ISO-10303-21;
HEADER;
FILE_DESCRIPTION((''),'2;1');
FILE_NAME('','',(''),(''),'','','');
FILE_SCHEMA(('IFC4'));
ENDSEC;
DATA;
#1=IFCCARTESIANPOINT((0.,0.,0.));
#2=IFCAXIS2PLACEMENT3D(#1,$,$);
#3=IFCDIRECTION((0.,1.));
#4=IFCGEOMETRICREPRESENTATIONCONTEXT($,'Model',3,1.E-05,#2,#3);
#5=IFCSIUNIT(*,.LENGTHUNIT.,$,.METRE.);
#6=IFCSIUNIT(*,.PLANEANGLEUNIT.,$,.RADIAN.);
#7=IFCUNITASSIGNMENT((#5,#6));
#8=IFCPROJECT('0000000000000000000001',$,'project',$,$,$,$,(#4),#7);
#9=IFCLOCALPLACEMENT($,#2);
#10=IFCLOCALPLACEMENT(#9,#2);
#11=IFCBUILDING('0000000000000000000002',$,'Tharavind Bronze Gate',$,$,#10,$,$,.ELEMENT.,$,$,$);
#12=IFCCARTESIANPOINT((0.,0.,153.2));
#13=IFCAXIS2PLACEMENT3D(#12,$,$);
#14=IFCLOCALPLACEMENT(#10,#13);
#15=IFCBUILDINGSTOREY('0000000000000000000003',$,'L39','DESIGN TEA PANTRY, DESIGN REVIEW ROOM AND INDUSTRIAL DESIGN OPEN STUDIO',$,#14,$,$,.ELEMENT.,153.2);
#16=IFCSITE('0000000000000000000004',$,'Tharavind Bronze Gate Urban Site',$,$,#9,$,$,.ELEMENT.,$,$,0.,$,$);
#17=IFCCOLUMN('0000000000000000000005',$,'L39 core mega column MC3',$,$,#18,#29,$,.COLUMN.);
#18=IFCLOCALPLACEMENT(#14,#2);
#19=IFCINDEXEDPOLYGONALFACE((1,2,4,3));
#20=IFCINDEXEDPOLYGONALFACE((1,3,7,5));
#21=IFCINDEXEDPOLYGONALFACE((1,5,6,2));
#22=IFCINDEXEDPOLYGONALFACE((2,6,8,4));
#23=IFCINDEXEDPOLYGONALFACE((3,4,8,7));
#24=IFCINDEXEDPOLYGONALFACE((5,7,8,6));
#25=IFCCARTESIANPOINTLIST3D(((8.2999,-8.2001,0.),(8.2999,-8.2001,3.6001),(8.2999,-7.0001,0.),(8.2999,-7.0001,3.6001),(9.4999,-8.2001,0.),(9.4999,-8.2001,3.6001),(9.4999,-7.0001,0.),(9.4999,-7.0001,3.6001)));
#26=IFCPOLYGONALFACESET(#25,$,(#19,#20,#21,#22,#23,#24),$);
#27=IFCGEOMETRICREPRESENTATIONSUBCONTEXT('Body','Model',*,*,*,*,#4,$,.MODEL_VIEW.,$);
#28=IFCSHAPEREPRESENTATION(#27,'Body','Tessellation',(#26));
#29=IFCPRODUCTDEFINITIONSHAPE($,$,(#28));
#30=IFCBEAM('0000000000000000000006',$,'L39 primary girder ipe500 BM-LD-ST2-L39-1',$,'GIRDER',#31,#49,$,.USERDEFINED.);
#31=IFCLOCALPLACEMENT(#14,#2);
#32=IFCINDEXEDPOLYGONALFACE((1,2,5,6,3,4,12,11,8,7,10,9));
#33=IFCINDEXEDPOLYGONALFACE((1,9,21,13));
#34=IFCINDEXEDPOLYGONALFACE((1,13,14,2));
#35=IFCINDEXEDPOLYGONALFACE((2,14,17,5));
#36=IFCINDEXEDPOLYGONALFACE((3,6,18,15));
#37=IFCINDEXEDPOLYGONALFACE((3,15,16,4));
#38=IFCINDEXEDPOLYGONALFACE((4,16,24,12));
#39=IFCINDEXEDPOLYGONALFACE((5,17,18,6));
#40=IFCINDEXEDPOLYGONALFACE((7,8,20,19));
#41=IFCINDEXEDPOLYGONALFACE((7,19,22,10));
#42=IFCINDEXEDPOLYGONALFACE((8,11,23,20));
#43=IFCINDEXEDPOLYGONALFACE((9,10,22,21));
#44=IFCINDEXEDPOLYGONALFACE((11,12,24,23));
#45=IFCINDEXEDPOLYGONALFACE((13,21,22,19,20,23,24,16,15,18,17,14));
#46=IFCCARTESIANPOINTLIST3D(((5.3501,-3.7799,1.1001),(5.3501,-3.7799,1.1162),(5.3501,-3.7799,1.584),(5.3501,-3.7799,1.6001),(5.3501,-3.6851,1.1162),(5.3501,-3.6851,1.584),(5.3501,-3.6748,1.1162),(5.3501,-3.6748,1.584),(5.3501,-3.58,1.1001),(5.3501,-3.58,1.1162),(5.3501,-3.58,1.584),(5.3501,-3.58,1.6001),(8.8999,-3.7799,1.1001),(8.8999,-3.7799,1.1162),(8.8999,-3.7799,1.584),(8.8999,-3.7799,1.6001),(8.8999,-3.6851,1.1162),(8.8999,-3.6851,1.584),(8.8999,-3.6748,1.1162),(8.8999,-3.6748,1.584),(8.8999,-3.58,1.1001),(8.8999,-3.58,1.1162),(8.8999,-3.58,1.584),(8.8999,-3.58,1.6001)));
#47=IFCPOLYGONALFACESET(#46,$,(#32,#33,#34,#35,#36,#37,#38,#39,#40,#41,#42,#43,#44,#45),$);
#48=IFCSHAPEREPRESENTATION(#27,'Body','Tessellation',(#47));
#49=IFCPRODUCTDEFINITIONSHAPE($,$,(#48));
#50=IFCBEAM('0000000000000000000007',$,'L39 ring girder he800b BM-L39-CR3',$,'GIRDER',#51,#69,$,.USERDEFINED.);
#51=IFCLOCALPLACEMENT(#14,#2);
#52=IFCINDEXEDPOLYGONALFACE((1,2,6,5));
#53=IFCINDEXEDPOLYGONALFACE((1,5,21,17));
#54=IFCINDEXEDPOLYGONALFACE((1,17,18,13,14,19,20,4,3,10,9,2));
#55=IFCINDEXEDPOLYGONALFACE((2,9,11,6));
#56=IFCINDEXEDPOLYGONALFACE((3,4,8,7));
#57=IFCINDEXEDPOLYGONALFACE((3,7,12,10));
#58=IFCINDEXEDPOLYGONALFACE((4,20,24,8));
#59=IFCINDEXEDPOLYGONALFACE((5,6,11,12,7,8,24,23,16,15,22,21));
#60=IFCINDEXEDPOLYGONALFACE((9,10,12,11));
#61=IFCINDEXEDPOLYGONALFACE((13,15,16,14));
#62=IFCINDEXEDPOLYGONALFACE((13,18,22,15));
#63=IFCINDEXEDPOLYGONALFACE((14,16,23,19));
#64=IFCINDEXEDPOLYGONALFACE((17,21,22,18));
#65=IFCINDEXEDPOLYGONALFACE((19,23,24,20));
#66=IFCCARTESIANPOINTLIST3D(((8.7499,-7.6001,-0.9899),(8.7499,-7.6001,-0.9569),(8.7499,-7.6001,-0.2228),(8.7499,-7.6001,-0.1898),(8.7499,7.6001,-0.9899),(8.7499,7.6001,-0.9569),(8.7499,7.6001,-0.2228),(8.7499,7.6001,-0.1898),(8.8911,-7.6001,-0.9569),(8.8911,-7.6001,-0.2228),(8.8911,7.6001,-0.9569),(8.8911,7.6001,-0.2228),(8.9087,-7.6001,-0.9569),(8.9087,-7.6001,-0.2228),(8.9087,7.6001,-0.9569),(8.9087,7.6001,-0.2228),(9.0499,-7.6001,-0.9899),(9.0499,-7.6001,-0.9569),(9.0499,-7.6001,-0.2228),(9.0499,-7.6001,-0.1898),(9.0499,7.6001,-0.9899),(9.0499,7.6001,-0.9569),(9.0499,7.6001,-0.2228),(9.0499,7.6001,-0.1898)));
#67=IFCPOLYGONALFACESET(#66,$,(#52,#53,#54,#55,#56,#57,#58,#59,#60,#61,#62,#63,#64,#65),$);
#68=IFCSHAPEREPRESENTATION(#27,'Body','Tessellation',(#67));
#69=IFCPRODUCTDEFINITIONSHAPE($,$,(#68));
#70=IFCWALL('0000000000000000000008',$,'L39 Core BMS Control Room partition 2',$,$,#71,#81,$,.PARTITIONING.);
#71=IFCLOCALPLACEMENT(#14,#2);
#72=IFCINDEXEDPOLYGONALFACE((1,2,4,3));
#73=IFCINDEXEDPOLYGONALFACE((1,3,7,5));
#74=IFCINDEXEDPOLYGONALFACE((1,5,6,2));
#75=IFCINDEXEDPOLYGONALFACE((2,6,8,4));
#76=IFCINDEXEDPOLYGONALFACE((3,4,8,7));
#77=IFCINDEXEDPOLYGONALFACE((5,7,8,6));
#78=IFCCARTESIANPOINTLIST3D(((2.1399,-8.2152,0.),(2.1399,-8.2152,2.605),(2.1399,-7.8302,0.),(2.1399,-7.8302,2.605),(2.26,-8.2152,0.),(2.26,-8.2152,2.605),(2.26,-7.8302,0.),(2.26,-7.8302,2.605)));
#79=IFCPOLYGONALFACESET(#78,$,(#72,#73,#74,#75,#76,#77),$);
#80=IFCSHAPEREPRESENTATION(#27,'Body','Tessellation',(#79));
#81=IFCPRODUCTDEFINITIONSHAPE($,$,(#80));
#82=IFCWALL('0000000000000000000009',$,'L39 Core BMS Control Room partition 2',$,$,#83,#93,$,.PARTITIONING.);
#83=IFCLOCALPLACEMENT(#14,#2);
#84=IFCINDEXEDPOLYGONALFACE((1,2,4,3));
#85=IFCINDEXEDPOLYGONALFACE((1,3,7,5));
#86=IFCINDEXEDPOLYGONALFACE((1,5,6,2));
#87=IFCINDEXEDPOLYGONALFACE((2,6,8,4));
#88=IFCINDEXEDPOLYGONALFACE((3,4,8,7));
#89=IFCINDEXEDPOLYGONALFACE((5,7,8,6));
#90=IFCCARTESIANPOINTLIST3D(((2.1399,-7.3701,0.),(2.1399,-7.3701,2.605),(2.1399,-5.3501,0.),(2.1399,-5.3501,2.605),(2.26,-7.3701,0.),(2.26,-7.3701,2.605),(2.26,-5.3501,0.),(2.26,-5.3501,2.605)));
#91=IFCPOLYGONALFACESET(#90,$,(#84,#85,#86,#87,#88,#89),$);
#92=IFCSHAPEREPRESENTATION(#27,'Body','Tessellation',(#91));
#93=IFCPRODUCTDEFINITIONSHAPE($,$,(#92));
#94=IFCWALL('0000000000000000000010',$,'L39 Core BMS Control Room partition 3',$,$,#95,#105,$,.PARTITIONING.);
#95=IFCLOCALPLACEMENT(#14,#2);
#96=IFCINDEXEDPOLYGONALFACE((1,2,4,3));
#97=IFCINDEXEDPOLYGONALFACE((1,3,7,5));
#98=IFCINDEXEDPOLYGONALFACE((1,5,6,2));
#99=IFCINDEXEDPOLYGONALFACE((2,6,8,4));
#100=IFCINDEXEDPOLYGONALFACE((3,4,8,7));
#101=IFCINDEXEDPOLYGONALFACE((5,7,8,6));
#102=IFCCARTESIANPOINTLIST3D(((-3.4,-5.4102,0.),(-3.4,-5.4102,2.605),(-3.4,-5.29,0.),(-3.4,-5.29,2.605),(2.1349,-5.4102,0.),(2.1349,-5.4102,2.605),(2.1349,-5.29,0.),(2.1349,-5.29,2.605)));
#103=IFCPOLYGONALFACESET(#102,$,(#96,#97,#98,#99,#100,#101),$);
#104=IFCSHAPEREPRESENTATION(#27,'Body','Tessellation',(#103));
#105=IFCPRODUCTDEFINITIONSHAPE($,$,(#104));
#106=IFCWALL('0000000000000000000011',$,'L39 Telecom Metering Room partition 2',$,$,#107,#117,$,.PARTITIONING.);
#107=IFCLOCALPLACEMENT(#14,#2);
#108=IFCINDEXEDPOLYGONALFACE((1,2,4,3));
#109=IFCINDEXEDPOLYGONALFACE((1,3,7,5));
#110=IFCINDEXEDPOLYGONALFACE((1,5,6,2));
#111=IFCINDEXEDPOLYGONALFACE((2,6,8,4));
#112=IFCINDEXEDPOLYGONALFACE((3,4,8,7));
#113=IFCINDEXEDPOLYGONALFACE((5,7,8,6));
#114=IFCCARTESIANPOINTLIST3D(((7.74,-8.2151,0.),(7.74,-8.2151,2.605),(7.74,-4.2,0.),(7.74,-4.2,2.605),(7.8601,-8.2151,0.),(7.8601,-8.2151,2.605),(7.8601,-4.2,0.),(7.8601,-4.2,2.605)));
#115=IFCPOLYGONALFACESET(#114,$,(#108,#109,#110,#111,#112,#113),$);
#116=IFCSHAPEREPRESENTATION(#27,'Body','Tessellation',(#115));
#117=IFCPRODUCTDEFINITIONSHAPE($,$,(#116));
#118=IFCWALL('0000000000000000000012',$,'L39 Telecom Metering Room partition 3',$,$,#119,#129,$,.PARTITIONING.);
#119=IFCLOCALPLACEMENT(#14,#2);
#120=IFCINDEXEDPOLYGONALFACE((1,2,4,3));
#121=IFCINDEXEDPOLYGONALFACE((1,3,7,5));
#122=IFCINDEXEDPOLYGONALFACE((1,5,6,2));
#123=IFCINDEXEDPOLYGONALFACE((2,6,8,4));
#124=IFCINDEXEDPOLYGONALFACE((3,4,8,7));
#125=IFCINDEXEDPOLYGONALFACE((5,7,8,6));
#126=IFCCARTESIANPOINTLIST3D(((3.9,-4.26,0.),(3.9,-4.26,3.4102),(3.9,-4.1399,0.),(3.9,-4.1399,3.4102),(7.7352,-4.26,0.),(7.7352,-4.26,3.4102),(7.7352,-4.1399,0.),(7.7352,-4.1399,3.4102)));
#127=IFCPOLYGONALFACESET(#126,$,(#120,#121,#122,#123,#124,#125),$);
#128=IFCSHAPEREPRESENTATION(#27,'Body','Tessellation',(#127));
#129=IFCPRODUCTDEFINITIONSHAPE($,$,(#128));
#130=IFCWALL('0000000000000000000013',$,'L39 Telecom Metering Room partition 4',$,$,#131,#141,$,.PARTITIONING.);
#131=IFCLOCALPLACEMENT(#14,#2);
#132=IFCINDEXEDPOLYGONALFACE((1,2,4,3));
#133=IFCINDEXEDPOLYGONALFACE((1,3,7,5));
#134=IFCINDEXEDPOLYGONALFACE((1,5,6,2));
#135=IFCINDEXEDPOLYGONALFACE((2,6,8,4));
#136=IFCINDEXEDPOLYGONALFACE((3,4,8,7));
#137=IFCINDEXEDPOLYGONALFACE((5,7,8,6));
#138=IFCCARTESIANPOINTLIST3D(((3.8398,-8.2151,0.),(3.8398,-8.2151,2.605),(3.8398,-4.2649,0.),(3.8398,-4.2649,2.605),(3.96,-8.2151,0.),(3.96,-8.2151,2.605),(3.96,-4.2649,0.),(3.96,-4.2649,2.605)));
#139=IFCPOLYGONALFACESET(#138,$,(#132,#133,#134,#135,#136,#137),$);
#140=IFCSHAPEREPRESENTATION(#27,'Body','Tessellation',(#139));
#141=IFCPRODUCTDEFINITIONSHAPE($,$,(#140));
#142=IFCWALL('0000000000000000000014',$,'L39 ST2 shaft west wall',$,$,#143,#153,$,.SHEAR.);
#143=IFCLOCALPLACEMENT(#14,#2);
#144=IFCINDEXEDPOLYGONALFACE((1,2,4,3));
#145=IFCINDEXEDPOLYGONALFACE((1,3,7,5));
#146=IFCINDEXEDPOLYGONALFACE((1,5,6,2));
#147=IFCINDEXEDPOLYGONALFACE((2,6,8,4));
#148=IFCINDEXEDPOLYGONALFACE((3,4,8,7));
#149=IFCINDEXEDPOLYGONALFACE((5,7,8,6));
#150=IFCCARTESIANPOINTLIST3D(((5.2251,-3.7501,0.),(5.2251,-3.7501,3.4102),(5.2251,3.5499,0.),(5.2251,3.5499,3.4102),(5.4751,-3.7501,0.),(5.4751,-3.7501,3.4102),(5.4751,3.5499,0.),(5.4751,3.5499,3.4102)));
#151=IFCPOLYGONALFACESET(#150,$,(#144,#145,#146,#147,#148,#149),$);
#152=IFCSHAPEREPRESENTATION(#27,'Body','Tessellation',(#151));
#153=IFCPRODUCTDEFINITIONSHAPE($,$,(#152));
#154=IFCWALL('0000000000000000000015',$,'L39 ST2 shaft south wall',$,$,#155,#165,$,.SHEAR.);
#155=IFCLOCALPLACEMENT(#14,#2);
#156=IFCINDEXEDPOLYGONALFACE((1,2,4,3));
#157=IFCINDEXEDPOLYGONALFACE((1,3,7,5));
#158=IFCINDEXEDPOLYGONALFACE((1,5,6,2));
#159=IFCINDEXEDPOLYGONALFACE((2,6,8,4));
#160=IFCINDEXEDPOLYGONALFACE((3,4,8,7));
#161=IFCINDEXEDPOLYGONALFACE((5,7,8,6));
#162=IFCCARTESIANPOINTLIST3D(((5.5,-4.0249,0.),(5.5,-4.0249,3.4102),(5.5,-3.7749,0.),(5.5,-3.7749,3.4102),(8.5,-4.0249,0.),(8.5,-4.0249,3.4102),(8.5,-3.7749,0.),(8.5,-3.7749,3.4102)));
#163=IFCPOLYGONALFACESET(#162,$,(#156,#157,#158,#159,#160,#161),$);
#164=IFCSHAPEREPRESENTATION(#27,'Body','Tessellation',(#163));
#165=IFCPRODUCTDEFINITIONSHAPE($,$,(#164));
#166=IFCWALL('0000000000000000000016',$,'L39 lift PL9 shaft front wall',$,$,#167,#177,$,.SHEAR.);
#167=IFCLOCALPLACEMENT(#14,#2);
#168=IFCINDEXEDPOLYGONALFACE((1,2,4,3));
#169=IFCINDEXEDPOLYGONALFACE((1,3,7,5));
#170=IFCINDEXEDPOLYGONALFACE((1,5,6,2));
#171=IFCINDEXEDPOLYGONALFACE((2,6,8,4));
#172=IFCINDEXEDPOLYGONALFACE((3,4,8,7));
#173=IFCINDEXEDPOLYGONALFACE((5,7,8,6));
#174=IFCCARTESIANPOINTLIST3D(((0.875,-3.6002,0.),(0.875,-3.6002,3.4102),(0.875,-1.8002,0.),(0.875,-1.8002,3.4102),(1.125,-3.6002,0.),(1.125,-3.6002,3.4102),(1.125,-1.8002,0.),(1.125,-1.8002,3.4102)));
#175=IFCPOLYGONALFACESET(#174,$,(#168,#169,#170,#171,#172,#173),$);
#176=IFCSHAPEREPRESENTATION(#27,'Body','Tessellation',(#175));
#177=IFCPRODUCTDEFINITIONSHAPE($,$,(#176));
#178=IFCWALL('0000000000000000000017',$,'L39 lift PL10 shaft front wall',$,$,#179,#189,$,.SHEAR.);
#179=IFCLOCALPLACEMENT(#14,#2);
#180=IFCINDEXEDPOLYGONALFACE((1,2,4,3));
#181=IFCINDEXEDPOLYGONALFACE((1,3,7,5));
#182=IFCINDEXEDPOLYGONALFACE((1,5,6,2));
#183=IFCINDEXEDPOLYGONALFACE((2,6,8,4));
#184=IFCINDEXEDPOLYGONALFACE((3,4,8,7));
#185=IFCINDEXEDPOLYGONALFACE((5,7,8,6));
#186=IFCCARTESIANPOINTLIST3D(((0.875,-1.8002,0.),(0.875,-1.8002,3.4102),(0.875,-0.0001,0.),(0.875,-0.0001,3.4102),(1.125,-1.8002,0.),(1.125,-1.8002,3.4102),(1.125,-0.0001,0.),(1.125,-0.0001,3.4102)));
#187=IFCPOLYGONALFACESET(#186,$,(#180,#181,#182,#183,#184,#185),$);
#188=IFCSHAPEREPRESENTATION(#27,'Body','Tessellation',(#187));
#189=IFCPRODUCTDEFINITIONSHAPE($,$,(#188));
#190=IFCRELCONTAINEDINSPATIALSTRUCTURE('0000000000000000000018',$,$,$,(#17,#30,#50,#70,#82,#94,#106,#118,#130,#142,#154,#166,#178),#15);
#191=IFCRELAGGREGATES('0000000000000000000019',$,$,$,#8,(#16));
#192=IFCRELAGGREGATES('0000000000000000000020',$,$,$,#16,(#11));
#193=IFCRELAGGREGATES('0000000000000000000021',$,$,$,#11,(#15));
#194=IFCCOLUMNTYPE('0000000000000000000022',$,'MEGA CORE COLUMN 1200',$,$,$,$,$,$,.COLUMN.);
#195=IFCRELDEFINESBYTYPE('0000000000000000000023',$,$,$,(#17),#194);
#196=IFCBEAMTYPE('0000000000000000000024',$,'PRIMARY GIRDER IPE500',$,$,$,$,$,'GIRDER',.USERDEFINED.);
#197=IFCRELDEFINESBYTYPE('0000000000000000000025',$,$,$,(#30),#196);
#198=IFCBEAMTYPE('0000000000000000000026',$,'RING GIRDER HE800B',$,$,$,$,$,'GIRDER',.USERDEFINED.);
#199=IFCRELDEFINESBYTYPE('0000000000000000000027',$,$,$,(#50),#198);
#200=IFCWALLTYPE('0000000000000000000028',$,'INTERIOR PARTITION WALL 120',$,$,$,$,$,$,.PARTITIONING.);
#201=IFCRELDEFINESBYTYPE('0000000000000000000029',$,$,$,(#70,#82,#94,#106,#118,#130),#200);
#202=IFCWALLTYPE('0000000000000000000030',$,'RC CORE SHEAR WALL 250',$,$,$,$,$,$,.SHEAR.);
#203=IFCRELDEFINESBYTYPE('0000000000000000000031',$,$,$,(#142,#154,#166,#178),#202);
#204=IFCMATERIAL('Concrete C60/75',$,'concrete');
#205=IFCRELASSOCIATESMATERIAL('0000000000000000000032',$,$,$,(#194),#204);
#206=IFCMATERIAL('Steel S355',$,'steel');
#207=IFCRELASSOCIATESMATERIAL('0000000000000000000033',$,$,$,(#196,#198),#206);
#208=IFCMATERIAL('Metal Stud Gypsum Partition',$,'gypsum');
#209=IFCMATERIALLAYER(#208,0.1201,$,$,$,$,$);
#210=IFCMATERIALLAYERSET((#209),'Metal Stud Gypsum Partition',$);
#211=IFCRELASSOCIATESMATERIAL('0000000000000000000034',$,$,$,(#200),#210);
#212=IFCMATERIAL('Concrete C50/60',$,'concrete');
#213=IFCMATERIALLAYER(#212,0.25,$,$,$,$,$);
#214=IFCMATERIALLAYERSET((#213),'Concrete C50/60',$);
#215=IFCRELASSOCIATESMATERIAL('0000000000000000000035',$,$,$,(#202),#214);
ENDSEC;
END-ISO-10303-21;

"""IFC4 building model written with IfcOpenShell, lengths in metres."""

from ifc_helpers import new_model, si_unit, direction, frame, frame_2d, origin, origin_2d, place, context, subcontext, project, spatial, rectangle, i_section, extrude, material, layer, layer_set, material_profile, profile_set, type_object, element, save


model = new_model("IFC4")

# Units and contexts
model_context = context("Model", 3, precision=1e-05, world=origin(), true_north=direction((0.0, 1.0)))
body_context = subcontext(model_context, "Body", "Model", "MODEL_VIEW")
ifc_project = project(units=[si_unit("LENGTHUNIT", "METRE"), si_unit("PLANEANGLEUNIT", "RADIAN")], contexts=[model_context])

# Site, building, storey
site_placement = place(None, origin())
site = spatial("IfcSite", under=ifc_project, at=site_placement, Name="Tharavind Bronze Gate Urban Site", CompositionType="ELEMENT", RefElevation=0.0)
building_placement = place(site_placement, origin())
building = spatial("IfcBuilding", under=site, at=building_placement, Name="Tharavind Bronze Gate", CompositionType="ELEMENT")
storey_placement = place(building_placement, frame((0.0, 0.0, 153.2)))
storey = spatial("IfcBuildingStorey", under=building, at=storey_placement, Name="L39", Description="DESIGN TEA PANTRY, DESIGN REVIEW ROOM AND INDUSTRIAL DESIGN OPEN STUDIO", CompositionType="ELEMENT", Elevation=153.2)

# Column
ifc_material_1 = material(Name="Concrete C60/75", Category="concrete")
ifc_material_profile_1 = material_profile(ifc_material_1, rectangle(XDim=1.2, YDim=1.2, at=origin_2d()), Name="RCCOL1200")
ifc_profile_set_1 = profile_set([ifc_material_profile_1], Name="Concrete C60/75")
column_type = type_object("IfcColumnType", Name="MEGA CORE COLUMN 1200", PredefinedType="COLUMN", material=ifc_profile_set_1)
column_placement = place(storey_placement, frame((8.8999, -7.6001, 0.0), z_axis=(0.0, 0.0, 1.0), x_axis=(1.0, 0.0, 0.0)))
element("IfcColumn", 1, at=column_placement, inside=storey, type_object=column_type, Name="L39 core mega column MC3", PredefinedType="COLUMN", context=body_context, shape_type="SweptSolid", body=[
    extrude(rectangle(XDim=1.2, YDim=1.2, at=origin_2d()), origin(), (0.0, 0.0, 1.0), 3.6001),
])

# Beams
ifc_material_2 = material(Name="Steel S355", Category="steel")
ifc_material_profile_2 = material_profile(ifc_material_2, i_section(OverallWidth=0.2, OverallDepth=0.5, WebThickness=0.0103, FlangeThickness=0.0161, at=origin_2d()), Name="IPE500")
ifc_profile_set_2 = profile_set([ifc_material_profile_2], Name="Steel S355")
beam_type_1 = type_object("IfcBeamType", Name="PRIMARY GIRDER IPE500", ElementType="GIRDER", PredefinedType="USERDEFINED", material=ifc_profile_set_2)
beam_1_placement = place(storey_placement, frame((5.3501, -3.6799, 1.3501), z_axis=(1.0, 0.0, 0.0), x_axis=(0.0, 1.0, 0.0)))
element("IfcBeam", 2, at=beam_1_placement, inside=storey, type_object=beam_type_1, Name="L39 primary girder ipe500 BM-LD-ST2-L39-1", ObjectType="GIRDER", PredefinedType="USERDEFINED", context=body_context, shape_type="SweptSolid", body=[
    extrude(i_section(OverallWidth=0.2, OverallDepth=0.5, WebThickness=0.0103, FlangeThickness=0.0161, at=origin_2d()), origin(), (0.0, 0.0, 1.0), 3.5498),
])
ifc_material_profile_3 = material_profile(ifc_material_2, i_section(OverallWidth=0.3, OverallDepth=0.8, WebThickness=0.0176, FlangeThickness=0.033, at=origin_2d()), Name="HE800B")
ifc_profile_set_3 = profile_set([ifc_material_profile_3], Name="Steel S355")
beam_type_2 = type_object("IfcBeamType", Name="RING GIRDER HE800B", ElementType="GIRDER", PredefinedType="USERDEFINED", material=ifc_profile_set_3)
beam_2_placement = place(storey_placement, frame((8.8999, -7.6001, -0.5898), z_axis=(0.0, 1.0, 0.0), x_axis=(-1.0, 0.0, 0.0)))
element("IfcBeam", 3, at=beam_2_placement, inside=storey, type_object=beam_type_2, Name="L39 ring girder he800b BM-L39-CR3", ObjectType="GIRDER", PredefinedType="USERDEFINED", context=body_context, shape_type="SweptSolid", body=[
    extrude(i_section(OverallWidth=0.3, OverallDepth=0.8, WebThickness=0.0176, FlangeThickness=0.033, at=origin_2d()), origin(), (0.0, 0.0, 1.0), 15.2002),
])

# Walls
ifc_material_3 = material(Name="Metal Stud Gypsum Partition", Category="gypsum")
ifc_layer_1 = layer(ifc_material_3, 0.1201)
ifc_layer_set_1 = layer_set([ifc_layer_1], Name="Metal Stud Gypsum Partition")
wall_type_1 = type_object("IfcWallType", Name="INTERIOR PARTITION WALL 120", PredefinedType="PARTITIONING", material=ifc_layer_set_1)
wall_1_placement = place(storey_placement, frame((2.2, -8.2151, 0.0), z_axis=(0.0, 0.0, 1.0), x_axis=(0.0, 1.0, 0.0)))
element("IfcWall", 4, at=wall_1_placement, inside=storey, type_object=wall_type_1, Name="L39 Core BMS Control Room partition 2", PredefinedType="PARTITIONING", context=body_context, shape_type="SweptSolid", body=[
    extrude(rectangle(XDim=0.385, YDim=0.1201, at=frame_2d((0.1924, 0.0))), origin(), (0.0, 0.0, 1.0), 2.605),
])
wall_2_placement = place(storey_placement, frame((2.2, -7.3701, 0.0), z_axis=(0.0, 0.0, 1.0), x_axis=(0.0, 1.0, 0.0)))
element("IfcWall", 5, at=wall_2_placement, inside=storey, type_object=wall_type_1, Name="L39 Core BMS Control Room partition 2", PredefinedType="PARTITIONING", context=body_context, shape_type="SweptSolid", body=[
    extrude(rectangle(XDim=2.02, YDim=0.1201, at=frame_2d((1.01, 0.0))), origin(), (0.0, 0.0, 1.0), 2.605),
])
wall_3_placement = place(storey_placement, frame((2.135, -5.3501, 0.0), z_axis=(0.0, 0.0, 1.0), x_axis=(-1.0, 0.0, 0.0)))
element("IfcWall", 6, at=wall_3_placement, inside=storey, type_object=wall_type_1, Name="L39 Core BMS Control Room partition 3", PredefinedType="PARTITIONING", context=body_context, shape_type="SweptSolid", body=[
    extrude(rectangle(XDim=5.5349, YDim=0.1201, at=frame_2d((2.7676, 0.0))), origin(), (0.0, 0.0, 1.0), 2.605),
])
wall_4_placement = place(storey_placement, frame((7.8, -8.2151, 0.0), z_axis=(0.0, 0.0, 1.0), x_axis=(0.0, 1.0, 0.0)))
element("IfcWall", 7, at=wall_4_placement, inside=storey, type_object=wall_type_1, Name="L39 Telecom Metering Room partition 2", PredefinedType="PARTITIONING", context=body_context, shape_type="SweptSolid", body=[
    extrude(rectangle(XDim=4.0151, YDim=0.1201, at=frame_2d((2.0076, 0.0))), origin(), (0.0, 0.0, 1.0), 2.605),
])
wall_5_placement = place(storey_placement, frame((7.7351, -4.2, 0.0), z_axis=(0.0, 0.0, 1.0), x_axis=(-1.0, 0.0, 0.0)))
element("IfcWall", 8, at=wall_5_placement, inside=storey, type_object=wall_type_1, Name="L39 Telecom Metering Room partition 3", PredefinedType="PARTITIONING", context=body_context, shape_type="SweptSolid", body=[
    extrude(rectangle(XDim=3.8352, YDim=0.1201, at=frame_2d((1.9175, 0.0))), origin(), (0.0, 0.0, 1.0), 3.4102),
])
wall_6_placement = place(storey_placement, frame((3.8999, -4.2649, 0.0), z_axis=(0.0, 0.0, 1.0), x_axis=(0.0, -1.0, 0.0)))
element("IfcWall", 9, at=wall_6_placement, inside=storey, type_object=wall_type_1, Name="L39 Telecom Metering Room partition 4", PredefinedType="PARTITIONING", context=body_context, shape_type="SweptSolid", body=[
    extrude(rectangle(XDim=3.9502, YDim=0.1201, at=frame_2d((1.9751, 0.0))), origin(), (0.0, 0.0, 1.0), 2.605),
])
ifc_material_4 = material(Name="Concrete C50/60", Category="concrete")
ifc_layer_2 = layer(ifc_material_4, 0.25)
ifc_layer_set_2 = layer_set([ifc_layer_2], Name="Concrete C50/60")
wall_type_2 = type_object("IfcWallType", Name="RC CORE SHEAR WALL 250", PredefinedType="SHEAR", material=ifc_layer_set_2)
wall_7_placement = place(storey_placement, frame((5.3501, -3.75, 0.0), z_axis=(0.0, 0.0, 1.0), x_axis=(0.0, 1.0, 0.0)))
element("IfcWall", 10, at=wall_7_placement, inside=storey, type_object=wall_type_2, Name="L39 ST2 shaft west wall", PredefinedType="SHEAR", context=body_context, shape_type="SweptSolid", body=[
    extrude(rectangle(XDim=7.3, YDim=0.25, at=frame_2d((3.6499, 0.0))), origin(), (0.0, 0.0, 1.0), 3.4102),
])
wall_8_placement = place(storey_placement, frame((5.5, -3.8999, 0.0), z_axis=(0.0, 0.0, 1.0), x_axis=(1.0, 0.0, 0.0)))
element("IfcWall", 11, at=wall_8_placement, inside=storey, type_object=wall_type_2, Name="L39 ST2 shaft south wall", PredefinedType="SHEAR", context=body_context, shape_type="SweptSolid", body=[
    extrude(rectangle(XDim=3.0, YDim=0.25, at=frame_2d((1.5, 0.0))), origin(), (0.0, 0.0, 1.0), 3.4102),
])
for number, where, z_axis, x_axis, name in (
    (12, (1.0, -3.6001, 0.0), (0.0, 0.0, 1.0), (0.0, 1.0, 0.0), "L39 lift PL9 shaft front wall"),
    (13, (1.0, -1.8, 0.0), (0.0, 0.0, 1.0), (0.0, 1.0, 0.0), "L39 lift PL10 shaft front wall"),
):
    element("IfcWall", number, at=place(storey_placement, frame(where, z_axis=z_axis, x_axis=x_axis)), inside=storey, type_object=wall_type_2, Name=name, PredefinedType="SHEAR", context=body_context, shape_type="SweptSolid", body=[
        extrude(rectangle(XDim=1.8, YDim=0.25, at=frame_2d((0.8999, 0.0))), origin(), (0.0, 0.0, 1.0), 3.4102),
    ])

save(model, "model.ifc")
